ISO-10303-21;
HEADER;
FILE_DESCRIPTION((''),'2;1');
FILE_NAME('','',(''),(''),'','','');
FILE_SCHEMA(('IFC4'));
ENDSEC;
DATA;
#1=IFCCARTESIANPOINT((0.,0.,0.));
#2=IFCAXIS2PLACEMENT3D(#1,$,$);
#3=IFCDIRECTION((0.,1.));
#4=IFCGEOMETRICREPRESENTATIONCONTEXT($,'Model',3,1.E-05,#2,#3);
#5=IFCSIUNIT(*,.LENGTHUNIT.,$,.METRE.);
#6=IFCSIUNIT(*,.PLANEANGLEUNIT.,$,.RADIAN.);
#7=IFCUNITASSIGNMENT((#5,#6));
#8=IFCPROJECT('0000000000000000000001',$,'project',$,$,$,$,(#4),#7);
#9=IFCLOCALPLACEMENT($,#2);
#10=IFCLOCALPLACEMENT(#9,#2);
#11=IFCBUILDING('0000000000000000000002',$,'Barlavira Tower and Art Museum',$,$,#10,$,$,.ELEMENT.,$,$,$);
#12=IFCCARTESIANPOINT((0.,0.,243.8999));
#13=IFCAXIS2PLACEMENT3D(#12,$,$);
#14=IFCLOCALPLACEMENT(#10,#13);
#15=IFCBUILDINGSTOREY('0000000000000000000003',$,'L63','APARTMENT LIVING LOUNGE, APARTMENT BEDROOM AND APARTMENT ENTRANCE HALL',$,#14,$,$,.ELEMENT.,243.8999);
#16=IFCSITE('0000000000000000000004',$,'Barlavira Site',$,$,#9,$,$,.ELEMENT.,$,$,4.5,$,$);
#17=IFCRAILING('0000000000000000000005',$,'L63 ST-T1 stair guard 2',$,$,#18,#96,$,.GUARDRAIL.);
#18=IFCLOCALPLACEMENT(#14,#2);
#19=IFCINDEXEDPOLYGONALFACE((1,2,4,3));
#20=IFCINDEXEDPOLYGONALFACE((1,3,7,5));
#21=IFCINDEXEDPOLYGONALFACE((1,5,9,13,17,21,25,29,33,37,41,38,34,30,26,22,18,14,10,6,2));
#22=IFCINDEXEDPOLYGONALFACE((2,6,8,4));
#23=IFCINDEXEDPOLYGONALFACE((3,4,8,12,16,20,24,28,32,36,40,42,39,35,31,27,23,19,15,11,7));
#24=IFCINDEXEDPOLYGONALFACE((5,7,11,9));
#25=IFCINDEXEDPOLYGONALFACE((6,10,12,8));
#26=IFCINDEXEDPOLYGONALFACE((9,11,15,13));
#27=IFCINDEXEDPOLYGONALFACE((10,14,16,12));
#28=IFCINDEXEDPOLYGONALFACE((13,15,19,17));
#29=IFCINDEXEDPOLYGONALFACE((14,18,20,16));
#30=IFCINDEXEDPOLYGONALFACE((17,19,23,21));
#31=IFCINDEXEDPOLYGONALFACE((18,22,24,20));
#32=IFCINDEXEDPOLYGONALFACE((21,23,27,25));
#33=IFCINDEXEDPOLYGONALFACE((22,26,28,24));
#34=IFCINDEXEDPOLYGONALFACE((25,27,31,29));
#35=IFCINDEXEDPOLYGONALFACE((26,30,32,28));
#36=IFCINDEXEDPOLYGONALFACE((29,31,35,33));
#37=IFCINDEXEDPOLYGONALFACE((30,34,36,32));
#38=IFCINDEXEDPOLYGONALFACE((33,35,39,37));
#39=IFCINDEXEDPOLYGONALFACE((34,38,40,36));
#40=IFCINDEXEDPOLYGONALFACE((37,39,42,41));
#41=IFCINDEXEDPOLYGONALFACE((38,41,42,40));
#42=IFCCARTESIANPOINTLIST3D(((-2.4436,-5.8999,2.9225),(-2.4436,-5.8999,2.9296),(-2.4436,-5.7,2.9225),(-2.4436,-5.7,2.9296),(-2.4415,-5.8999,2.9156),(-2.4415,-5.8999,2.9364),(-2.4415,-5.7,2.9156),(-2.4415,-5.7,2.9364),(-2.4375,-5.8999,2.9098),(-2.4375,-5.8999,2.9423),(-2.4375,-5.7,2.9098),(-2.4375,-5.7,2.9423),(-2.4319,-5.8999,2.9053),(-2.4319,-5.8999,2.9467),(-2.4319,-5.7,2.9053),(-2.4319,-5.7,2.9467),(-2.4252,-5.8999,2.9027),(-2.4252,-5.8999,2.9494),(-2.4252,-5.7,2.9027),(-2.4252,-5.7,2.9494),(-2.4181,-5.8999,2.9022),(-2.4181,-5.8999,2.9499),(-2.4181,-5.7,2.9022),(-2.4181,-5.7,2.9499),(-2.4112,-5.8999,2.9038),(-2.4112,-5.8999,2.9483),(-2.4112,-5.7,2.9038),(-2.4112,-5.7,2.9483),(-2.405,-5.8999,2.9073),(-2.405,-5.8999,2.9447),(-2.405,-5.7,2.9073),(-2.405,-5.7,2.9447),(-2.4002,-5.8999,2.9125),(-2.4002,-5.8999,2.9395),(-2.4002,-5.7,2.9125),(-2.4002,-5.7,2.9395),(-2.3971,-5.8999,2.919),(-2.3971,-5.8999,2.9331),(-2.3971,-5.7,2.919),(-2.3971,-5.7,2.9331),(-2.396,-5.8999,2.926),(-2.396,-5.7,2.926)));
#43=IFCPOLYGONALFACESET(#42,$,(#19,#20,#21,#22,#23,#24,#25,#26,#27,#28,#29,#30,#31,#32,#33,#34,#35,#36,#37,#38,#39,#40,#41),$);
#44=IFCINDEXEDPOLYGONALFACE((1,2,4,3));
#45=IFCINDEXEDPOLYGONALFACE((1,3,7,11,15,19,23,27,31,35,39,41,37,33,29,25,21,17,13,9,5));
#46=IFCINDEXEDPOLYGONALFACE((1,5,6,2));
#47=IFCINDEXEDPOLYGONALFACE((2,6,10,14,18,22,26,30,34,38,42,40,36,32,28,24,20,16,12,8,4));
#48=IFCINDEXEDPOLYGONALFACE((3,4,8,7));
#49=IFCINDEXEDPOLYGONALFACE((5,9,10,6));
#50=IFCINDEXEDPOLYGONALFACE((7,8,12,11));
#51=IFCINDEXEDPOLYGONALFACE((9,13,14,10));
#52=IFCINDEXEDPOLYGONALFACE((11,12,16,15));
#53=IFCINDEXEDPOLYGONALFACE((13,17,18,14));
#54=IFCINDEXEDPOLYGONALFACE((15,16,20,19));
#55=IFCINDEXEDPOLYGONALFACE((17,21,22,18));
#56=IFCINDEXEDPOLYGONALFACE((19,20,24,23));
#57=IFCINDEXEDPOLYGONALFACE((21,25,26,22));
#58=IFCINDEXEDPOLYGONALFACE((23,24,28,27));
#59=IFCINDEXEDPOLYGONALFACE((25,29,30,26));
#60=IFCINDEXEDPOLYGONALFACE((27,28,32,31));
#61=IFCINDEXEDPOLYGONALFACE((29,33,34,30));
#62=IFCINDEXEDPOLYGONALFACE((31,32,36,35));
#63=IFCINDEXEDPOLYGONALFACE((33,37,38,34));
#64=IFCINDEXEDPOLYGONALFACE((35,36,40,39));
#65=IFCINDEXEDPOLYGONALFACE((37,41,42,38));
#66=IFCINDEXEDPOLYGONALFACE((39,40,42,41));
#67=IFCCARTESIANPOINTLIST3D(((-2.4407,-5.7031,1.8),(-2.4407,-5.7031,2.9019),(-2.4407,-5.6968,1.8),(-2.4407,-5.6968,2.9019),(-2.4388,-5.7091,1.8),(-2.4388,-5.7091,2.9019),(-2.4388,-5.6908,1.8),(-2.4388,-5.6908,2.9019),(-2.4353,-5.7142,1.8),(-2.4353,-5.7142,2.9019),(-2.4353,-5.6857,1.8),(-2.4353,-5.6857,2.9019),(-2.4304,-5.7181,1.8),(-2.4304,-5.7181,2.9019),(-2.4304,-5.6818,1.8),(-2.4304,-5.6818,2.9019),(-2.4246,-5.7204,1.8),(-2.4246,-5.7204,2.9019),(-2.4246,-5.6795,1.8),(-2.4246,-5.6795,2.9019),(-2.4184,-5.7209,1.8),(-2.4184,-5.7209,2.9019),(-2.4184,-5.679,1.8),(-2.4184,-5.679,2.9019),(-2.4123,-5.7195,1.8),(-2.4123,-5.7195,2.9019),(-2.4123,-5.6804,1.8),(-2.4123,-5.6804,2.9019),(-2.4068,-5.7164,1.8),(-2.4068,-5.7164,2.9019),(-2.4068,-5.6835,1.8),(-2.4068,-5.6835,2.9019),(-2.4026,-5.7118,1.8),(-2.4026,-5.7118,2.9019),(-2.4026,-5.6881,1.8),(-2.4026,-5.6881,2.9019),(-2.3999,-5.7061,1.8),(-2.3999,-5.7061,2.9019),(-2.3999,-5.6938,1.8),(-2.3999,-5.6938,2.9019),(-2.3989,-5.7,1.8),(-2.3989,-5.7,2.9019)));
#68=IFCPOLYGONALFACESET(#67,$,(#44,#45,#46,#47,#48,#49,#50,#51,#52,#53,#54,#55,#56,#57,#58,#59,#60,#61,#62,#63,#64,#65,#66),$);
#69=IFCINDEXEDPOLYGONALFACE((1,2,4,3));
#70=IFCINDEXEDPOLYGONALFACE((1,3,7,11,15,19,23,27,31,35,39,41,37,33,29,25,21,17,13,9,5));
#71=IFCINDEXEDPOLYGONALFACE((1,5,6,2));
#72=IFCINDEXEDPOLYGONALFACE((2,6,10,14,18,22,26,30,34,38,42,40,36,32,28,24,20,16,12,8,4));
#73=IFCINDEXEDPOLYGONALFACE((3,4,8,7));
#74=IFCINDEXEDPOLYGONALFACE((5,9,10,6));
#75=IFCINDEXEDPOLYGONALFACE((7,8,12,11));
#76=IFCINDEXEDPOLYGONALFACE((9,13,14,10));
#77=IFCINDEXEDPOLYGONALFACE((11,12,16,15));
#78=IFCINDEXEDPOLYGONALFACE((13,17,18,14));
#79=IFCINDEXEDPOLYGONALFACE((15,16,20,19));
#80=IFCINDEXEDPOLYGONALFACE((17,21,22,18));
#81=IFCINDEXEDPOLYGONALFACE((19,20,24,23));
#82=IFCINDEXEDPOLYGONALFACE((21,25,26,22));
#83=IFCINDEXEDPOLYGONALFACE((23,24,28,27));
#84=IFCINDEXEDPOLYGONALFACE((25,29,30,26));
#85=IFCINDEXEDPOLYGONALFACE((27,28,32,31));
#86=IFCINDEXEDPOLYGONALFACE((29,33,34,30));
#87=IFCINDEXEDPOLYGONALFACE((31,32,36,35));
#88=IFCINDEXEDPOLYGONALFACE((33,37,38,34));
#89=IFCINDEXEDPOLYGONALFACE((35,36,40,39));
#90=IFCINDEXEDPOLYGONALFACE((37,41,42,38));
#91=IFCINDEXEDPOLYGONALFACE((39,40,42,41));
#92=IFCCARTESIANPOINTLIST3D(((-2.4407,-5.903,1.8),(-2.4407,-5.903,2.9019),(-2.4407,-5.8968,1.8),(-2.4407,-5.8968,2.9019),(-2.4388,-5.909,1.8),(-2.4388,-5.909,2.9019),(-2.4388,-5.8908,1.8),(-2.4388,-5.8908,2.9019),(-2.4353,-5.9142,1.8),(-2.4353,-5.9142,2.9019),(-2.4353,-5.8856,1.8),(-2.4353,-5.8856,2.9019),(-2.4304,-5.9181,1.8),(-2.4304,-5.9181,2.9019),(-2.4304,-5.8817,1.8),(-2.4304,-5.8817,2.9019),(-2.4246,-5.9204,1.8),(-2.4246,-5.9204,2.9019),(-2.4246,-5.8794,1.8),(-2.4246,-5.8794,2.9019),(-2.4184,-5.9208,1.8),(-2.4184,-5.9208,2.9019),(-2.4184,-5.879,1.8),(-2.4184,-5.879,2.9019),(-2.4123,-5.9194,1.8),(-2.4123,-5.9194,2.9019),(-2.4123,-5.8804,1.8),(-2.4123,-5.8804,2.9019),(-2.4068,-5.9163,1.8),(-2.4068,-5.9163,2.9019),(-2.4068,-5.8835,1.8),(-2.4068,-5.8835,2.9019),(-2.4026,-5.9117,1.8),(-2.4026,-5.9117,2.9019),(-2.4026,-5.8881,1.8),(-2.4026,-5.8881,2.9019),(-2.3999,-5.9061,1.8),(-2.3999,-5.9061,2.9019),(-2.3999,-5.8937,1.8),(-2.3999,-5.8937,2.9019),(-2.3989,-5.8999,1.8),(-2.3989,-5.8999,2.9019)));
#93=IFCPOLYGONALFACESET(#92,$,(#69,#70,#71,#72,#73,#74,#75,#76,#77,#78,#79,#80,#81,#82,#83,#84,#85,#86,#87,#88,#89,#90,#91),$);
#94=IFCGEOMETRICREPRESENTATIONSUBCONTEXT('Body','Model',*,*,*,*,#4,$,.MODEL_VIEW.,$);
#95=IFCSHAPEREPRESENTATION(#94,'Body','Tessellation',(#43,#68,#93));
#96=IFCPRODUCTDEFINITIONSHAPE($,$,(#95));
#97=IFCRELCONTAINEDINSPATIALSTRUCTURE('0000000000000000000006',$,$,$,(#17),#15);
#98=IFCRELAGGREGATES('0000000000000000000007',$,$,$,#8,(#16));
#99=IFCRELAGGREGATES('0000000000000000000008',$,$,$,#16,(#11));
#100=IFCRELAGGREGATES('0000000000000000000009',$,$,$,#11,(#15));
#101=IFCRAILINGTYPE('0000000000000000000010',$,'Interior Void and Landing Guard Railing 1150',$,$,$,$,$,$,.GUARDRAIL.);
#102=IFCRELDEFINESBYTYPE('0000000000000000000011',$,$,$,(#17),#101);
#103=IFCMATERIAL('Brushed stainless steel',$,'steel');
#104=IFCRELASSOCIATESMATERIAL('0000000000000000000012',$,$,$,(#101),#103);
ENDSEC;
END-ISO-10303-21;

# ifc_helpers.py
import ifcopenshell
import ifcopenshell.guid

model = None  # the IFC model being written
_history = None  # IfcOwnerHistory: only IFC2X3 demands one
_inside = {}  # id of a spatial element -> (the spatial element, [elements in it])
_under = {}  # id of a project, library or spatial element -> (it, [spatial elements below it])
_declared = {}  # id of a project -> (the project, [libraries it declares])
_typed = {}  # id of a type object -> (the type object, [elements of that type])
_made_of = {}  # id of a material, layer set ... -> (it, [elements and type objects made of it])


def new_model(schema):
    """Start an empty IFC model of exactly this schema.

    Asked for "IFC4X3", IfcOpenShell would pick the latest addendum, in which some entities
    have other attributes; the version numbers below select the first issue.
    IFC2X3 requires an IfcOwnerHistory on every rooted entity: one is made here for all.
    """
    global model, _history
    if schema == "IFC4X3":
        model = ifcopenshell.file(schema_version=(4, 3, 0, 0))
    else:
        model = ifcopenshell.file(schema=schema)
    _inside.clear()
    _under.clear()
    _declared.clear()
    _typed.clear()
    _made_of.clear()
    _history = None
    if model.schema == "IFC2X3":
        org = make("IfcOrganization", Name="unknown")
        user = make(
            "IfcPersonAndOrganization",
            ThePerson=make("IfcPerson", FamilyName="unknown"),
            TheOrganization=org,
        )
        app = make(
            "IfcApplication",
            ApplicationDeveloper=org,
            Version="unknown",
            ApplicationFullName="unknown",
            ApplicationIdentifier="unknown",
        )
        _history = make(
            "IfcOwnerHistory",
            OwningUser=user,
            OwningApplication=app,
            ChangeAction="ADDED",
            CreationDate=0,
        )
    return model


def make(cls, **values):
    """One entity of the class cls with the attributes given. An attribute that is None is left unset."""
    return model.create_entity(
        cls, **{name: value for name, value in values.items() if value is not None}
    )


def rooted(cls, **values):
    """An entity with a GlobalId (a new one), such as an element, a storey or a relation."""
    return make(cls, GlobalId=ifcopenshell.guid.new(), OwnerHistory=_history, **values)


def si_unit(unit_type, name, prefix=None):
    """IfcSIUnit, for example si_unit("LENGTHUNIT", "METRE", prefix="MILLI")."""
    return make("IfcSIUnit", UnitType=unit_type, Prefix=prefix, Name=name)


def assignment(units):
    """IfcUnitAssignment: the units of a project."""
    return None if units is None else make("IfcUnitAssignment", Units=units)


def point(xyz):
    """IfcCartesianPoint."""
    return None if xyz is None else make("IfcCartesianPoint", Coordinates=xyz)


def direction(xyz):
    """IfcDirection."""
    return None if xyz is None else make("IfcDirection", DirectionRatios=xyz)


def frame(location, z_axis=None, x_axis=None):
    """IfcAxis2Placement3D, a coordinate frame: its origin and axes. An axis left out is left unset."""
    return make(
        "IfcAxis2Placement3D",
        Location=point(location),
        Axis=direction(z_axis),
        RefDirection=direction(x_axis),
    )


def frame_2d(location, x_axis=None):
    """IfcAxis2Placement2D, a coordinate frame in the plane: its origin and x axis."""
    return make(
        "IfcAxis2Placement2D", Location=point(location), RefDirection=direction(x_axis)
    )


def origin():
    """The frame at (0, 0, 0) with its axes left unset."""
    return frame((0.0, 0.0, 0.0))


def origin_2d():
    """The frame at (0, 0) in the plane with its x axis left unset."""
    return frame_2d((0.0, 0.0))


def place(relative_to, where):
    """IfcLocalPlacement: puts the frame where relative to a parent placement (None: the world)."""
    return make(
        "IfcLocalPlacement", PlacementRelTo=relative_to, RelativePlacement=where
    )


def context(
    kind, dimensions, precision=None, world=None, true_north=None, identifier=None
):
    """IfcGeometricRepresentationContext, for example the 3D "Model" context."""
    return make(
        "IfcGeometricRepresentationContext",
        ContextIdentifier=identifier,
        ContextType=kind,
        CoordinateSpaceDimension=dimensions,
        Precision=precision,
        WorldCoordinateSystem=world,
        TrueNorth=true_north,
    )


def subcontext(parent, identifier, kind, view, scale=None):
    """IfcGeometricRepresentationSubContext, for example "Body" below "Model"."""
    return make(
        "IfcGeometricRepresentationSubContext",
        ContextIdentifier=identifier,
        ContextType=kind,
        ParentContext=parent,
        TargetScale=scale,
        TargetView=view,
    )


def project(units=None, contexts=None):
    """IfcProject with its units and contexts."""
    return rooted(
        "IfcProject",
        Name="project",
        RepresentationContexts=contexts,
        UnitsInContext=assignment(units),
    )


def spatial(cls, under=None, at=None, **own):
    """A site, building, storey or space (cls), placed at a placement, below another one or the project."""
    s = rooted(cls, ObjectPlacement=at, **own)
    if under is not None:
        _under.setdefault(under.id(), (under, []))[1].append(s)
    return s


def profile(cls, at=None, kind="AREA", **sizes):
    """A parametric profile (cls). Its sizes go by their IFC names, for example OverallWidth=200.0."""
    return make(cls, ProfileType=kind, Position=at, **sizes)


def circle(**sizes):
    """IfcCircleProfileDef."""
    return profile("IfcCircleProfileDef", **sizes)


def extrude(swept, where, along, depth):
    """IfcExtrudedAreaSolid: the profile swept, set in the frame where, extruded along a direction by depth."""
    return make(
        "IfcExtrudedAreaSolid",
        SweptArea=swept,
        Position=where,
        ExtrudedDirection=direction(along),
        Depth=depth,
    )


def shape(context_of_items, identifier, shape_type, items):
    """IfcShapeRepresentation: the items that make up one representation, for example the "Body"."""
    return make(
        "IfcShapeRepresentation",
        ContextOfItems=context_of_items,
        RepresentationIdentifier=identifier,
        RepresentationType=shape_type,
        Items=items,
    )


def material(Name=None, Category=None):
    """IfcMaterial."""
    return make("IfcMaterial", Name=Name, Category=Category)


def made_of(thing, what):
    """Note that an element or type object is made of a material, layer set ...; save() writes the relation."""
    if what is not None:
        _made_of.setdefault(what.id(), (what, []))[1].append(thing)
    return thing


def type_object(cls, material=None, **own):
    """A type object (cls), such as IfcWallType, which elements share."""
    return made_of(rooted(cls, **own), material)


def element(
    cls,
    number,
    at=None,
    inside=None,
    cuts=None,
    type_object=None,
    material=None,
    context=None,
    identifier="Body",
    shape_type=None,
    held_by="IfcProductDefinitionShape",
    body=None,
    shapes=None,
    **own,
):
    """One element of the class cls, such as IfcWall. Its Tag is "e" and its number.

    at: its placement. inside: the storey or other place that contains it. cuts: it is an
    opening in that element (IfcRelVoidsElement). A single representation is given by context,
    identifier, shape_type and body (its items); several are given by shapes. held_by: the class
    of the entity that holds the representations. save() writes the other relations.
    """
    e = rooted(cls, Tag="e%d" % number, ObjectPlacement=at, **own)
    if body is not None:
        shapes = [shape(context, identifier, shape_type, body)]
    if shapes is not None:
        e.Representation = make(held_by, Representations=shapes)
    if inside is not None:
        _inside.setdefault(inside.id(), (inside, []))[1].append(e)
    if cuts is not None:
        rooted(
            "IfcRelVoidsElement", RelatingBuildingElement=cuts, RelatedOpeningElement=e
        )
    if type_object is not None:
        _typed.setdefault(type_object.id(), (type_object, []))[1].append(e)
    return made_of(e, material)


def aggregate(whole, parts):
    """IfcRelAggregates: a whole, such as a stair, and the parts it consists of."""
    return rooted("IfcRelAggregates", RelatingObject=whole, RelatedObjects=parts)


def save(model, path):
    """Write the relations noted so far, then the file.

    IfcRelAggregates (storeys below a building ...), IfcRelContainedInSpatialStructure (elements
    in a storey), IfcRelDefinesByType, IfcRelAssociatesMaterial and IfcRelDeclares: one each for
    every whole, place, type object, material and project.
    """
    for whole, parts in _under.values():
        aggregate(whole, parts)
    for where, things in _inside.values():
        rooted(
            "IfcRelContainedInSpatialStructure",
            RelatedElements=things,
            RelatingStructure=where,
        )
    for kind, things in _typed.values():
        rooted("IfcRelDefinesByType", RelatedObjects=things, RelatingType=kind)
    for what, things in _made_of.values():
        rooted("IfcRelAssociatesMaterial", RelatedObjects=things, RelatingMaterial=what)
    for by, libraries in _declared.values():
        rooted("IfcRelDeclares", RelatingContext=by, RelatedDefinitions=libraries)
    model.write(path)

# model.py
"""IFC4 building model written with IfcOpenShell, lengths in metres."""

from ifc_helpers import new_model, si_unit, direction, frame, origin, origin_2d, place, context, subcontext, project, spatial, circle, extrude, material, type_object, element, save


model = new_model("IFC4")

# Units and contexts
model_context = context("Model", 3, precision=1e-05, world=origin(), true_north=direction((0.0, 1.0)))
body_context = subcontext(model_context, "Body", "Model", "MODEL_VIEW")
ifc_project = project(units=[si_unit("LENGTHUNIT", "METRE"), si_unit("PLANEANGLEUNIT", "RADIAN")], contexts=[model_context])

# Site, building, storey
site_placement = place(None, origin())
site = spatial("IfcSite", under=ifc_project, at=site_placement, Name="Barlavira Site", CompositionType="ELEMENT", RefElevation=4.5)
building_placement = place(site_placement, origin())
building = spatial("IfcBuilding", under=site, at=building_placement, Name="Barlavira Tower and Art Museum", CompositionType="ELEMENT")
storey_placement = place(building_placement, frame((0.0, 0.0, 243.8999)))
storey = spatial("IfcBuildingStorey", under=building, at=storey_placement, Name="L63", Description="APARTMENT LIVING LOUNGE, APARTMENT BEDROOM AND APARTMENT ENTRANCE HALL", CompositionType="ELEMENT", Elevation=243.8999)

# Shared definitions
ifc_material_1 = material(Name="Brushed stainless steel", Category="steel")

# Railing
railing_type_1 = type_object("IfcRailingType", Name="Interior Void and Landing Guard Railing 1150", PredefinedType="GUARDRAIL", material=ifc_material_1)
railing_1_placement = place(storey_placement, frame((-2.4199, -5.7, 1.8)))
element("IfcRailing", 1, at=railing_1_placement, inside=storey, type_object=railing_type_1, Name="L63 ST-T1 stair guard 2", PredefinedType="GUARDRAIL", context=body_context, shape_type="SweptSolid", body=[
    extrude(circle(Radius=0.0239, at=origin_2d()), frame((0.0, 0.0, 1.126), z_axis=(0.0, -1.0, 0.0), x_axis=(1.0, 0.0, 0.0)), (0.0, 0.0, 1.0), 0.2),
    extrude(circle(Radius=0.021, at=origin_2d()), origin(), (0.0, 0.0, 1.0), 1.1018),
    extrude(circle(Radius=0.021, at=origin_2d()), frame((0.0, -0.2, 0.0)), (0.0, 0.0, 1.0), 1.1018),
])

save(model, "model.ifc")
